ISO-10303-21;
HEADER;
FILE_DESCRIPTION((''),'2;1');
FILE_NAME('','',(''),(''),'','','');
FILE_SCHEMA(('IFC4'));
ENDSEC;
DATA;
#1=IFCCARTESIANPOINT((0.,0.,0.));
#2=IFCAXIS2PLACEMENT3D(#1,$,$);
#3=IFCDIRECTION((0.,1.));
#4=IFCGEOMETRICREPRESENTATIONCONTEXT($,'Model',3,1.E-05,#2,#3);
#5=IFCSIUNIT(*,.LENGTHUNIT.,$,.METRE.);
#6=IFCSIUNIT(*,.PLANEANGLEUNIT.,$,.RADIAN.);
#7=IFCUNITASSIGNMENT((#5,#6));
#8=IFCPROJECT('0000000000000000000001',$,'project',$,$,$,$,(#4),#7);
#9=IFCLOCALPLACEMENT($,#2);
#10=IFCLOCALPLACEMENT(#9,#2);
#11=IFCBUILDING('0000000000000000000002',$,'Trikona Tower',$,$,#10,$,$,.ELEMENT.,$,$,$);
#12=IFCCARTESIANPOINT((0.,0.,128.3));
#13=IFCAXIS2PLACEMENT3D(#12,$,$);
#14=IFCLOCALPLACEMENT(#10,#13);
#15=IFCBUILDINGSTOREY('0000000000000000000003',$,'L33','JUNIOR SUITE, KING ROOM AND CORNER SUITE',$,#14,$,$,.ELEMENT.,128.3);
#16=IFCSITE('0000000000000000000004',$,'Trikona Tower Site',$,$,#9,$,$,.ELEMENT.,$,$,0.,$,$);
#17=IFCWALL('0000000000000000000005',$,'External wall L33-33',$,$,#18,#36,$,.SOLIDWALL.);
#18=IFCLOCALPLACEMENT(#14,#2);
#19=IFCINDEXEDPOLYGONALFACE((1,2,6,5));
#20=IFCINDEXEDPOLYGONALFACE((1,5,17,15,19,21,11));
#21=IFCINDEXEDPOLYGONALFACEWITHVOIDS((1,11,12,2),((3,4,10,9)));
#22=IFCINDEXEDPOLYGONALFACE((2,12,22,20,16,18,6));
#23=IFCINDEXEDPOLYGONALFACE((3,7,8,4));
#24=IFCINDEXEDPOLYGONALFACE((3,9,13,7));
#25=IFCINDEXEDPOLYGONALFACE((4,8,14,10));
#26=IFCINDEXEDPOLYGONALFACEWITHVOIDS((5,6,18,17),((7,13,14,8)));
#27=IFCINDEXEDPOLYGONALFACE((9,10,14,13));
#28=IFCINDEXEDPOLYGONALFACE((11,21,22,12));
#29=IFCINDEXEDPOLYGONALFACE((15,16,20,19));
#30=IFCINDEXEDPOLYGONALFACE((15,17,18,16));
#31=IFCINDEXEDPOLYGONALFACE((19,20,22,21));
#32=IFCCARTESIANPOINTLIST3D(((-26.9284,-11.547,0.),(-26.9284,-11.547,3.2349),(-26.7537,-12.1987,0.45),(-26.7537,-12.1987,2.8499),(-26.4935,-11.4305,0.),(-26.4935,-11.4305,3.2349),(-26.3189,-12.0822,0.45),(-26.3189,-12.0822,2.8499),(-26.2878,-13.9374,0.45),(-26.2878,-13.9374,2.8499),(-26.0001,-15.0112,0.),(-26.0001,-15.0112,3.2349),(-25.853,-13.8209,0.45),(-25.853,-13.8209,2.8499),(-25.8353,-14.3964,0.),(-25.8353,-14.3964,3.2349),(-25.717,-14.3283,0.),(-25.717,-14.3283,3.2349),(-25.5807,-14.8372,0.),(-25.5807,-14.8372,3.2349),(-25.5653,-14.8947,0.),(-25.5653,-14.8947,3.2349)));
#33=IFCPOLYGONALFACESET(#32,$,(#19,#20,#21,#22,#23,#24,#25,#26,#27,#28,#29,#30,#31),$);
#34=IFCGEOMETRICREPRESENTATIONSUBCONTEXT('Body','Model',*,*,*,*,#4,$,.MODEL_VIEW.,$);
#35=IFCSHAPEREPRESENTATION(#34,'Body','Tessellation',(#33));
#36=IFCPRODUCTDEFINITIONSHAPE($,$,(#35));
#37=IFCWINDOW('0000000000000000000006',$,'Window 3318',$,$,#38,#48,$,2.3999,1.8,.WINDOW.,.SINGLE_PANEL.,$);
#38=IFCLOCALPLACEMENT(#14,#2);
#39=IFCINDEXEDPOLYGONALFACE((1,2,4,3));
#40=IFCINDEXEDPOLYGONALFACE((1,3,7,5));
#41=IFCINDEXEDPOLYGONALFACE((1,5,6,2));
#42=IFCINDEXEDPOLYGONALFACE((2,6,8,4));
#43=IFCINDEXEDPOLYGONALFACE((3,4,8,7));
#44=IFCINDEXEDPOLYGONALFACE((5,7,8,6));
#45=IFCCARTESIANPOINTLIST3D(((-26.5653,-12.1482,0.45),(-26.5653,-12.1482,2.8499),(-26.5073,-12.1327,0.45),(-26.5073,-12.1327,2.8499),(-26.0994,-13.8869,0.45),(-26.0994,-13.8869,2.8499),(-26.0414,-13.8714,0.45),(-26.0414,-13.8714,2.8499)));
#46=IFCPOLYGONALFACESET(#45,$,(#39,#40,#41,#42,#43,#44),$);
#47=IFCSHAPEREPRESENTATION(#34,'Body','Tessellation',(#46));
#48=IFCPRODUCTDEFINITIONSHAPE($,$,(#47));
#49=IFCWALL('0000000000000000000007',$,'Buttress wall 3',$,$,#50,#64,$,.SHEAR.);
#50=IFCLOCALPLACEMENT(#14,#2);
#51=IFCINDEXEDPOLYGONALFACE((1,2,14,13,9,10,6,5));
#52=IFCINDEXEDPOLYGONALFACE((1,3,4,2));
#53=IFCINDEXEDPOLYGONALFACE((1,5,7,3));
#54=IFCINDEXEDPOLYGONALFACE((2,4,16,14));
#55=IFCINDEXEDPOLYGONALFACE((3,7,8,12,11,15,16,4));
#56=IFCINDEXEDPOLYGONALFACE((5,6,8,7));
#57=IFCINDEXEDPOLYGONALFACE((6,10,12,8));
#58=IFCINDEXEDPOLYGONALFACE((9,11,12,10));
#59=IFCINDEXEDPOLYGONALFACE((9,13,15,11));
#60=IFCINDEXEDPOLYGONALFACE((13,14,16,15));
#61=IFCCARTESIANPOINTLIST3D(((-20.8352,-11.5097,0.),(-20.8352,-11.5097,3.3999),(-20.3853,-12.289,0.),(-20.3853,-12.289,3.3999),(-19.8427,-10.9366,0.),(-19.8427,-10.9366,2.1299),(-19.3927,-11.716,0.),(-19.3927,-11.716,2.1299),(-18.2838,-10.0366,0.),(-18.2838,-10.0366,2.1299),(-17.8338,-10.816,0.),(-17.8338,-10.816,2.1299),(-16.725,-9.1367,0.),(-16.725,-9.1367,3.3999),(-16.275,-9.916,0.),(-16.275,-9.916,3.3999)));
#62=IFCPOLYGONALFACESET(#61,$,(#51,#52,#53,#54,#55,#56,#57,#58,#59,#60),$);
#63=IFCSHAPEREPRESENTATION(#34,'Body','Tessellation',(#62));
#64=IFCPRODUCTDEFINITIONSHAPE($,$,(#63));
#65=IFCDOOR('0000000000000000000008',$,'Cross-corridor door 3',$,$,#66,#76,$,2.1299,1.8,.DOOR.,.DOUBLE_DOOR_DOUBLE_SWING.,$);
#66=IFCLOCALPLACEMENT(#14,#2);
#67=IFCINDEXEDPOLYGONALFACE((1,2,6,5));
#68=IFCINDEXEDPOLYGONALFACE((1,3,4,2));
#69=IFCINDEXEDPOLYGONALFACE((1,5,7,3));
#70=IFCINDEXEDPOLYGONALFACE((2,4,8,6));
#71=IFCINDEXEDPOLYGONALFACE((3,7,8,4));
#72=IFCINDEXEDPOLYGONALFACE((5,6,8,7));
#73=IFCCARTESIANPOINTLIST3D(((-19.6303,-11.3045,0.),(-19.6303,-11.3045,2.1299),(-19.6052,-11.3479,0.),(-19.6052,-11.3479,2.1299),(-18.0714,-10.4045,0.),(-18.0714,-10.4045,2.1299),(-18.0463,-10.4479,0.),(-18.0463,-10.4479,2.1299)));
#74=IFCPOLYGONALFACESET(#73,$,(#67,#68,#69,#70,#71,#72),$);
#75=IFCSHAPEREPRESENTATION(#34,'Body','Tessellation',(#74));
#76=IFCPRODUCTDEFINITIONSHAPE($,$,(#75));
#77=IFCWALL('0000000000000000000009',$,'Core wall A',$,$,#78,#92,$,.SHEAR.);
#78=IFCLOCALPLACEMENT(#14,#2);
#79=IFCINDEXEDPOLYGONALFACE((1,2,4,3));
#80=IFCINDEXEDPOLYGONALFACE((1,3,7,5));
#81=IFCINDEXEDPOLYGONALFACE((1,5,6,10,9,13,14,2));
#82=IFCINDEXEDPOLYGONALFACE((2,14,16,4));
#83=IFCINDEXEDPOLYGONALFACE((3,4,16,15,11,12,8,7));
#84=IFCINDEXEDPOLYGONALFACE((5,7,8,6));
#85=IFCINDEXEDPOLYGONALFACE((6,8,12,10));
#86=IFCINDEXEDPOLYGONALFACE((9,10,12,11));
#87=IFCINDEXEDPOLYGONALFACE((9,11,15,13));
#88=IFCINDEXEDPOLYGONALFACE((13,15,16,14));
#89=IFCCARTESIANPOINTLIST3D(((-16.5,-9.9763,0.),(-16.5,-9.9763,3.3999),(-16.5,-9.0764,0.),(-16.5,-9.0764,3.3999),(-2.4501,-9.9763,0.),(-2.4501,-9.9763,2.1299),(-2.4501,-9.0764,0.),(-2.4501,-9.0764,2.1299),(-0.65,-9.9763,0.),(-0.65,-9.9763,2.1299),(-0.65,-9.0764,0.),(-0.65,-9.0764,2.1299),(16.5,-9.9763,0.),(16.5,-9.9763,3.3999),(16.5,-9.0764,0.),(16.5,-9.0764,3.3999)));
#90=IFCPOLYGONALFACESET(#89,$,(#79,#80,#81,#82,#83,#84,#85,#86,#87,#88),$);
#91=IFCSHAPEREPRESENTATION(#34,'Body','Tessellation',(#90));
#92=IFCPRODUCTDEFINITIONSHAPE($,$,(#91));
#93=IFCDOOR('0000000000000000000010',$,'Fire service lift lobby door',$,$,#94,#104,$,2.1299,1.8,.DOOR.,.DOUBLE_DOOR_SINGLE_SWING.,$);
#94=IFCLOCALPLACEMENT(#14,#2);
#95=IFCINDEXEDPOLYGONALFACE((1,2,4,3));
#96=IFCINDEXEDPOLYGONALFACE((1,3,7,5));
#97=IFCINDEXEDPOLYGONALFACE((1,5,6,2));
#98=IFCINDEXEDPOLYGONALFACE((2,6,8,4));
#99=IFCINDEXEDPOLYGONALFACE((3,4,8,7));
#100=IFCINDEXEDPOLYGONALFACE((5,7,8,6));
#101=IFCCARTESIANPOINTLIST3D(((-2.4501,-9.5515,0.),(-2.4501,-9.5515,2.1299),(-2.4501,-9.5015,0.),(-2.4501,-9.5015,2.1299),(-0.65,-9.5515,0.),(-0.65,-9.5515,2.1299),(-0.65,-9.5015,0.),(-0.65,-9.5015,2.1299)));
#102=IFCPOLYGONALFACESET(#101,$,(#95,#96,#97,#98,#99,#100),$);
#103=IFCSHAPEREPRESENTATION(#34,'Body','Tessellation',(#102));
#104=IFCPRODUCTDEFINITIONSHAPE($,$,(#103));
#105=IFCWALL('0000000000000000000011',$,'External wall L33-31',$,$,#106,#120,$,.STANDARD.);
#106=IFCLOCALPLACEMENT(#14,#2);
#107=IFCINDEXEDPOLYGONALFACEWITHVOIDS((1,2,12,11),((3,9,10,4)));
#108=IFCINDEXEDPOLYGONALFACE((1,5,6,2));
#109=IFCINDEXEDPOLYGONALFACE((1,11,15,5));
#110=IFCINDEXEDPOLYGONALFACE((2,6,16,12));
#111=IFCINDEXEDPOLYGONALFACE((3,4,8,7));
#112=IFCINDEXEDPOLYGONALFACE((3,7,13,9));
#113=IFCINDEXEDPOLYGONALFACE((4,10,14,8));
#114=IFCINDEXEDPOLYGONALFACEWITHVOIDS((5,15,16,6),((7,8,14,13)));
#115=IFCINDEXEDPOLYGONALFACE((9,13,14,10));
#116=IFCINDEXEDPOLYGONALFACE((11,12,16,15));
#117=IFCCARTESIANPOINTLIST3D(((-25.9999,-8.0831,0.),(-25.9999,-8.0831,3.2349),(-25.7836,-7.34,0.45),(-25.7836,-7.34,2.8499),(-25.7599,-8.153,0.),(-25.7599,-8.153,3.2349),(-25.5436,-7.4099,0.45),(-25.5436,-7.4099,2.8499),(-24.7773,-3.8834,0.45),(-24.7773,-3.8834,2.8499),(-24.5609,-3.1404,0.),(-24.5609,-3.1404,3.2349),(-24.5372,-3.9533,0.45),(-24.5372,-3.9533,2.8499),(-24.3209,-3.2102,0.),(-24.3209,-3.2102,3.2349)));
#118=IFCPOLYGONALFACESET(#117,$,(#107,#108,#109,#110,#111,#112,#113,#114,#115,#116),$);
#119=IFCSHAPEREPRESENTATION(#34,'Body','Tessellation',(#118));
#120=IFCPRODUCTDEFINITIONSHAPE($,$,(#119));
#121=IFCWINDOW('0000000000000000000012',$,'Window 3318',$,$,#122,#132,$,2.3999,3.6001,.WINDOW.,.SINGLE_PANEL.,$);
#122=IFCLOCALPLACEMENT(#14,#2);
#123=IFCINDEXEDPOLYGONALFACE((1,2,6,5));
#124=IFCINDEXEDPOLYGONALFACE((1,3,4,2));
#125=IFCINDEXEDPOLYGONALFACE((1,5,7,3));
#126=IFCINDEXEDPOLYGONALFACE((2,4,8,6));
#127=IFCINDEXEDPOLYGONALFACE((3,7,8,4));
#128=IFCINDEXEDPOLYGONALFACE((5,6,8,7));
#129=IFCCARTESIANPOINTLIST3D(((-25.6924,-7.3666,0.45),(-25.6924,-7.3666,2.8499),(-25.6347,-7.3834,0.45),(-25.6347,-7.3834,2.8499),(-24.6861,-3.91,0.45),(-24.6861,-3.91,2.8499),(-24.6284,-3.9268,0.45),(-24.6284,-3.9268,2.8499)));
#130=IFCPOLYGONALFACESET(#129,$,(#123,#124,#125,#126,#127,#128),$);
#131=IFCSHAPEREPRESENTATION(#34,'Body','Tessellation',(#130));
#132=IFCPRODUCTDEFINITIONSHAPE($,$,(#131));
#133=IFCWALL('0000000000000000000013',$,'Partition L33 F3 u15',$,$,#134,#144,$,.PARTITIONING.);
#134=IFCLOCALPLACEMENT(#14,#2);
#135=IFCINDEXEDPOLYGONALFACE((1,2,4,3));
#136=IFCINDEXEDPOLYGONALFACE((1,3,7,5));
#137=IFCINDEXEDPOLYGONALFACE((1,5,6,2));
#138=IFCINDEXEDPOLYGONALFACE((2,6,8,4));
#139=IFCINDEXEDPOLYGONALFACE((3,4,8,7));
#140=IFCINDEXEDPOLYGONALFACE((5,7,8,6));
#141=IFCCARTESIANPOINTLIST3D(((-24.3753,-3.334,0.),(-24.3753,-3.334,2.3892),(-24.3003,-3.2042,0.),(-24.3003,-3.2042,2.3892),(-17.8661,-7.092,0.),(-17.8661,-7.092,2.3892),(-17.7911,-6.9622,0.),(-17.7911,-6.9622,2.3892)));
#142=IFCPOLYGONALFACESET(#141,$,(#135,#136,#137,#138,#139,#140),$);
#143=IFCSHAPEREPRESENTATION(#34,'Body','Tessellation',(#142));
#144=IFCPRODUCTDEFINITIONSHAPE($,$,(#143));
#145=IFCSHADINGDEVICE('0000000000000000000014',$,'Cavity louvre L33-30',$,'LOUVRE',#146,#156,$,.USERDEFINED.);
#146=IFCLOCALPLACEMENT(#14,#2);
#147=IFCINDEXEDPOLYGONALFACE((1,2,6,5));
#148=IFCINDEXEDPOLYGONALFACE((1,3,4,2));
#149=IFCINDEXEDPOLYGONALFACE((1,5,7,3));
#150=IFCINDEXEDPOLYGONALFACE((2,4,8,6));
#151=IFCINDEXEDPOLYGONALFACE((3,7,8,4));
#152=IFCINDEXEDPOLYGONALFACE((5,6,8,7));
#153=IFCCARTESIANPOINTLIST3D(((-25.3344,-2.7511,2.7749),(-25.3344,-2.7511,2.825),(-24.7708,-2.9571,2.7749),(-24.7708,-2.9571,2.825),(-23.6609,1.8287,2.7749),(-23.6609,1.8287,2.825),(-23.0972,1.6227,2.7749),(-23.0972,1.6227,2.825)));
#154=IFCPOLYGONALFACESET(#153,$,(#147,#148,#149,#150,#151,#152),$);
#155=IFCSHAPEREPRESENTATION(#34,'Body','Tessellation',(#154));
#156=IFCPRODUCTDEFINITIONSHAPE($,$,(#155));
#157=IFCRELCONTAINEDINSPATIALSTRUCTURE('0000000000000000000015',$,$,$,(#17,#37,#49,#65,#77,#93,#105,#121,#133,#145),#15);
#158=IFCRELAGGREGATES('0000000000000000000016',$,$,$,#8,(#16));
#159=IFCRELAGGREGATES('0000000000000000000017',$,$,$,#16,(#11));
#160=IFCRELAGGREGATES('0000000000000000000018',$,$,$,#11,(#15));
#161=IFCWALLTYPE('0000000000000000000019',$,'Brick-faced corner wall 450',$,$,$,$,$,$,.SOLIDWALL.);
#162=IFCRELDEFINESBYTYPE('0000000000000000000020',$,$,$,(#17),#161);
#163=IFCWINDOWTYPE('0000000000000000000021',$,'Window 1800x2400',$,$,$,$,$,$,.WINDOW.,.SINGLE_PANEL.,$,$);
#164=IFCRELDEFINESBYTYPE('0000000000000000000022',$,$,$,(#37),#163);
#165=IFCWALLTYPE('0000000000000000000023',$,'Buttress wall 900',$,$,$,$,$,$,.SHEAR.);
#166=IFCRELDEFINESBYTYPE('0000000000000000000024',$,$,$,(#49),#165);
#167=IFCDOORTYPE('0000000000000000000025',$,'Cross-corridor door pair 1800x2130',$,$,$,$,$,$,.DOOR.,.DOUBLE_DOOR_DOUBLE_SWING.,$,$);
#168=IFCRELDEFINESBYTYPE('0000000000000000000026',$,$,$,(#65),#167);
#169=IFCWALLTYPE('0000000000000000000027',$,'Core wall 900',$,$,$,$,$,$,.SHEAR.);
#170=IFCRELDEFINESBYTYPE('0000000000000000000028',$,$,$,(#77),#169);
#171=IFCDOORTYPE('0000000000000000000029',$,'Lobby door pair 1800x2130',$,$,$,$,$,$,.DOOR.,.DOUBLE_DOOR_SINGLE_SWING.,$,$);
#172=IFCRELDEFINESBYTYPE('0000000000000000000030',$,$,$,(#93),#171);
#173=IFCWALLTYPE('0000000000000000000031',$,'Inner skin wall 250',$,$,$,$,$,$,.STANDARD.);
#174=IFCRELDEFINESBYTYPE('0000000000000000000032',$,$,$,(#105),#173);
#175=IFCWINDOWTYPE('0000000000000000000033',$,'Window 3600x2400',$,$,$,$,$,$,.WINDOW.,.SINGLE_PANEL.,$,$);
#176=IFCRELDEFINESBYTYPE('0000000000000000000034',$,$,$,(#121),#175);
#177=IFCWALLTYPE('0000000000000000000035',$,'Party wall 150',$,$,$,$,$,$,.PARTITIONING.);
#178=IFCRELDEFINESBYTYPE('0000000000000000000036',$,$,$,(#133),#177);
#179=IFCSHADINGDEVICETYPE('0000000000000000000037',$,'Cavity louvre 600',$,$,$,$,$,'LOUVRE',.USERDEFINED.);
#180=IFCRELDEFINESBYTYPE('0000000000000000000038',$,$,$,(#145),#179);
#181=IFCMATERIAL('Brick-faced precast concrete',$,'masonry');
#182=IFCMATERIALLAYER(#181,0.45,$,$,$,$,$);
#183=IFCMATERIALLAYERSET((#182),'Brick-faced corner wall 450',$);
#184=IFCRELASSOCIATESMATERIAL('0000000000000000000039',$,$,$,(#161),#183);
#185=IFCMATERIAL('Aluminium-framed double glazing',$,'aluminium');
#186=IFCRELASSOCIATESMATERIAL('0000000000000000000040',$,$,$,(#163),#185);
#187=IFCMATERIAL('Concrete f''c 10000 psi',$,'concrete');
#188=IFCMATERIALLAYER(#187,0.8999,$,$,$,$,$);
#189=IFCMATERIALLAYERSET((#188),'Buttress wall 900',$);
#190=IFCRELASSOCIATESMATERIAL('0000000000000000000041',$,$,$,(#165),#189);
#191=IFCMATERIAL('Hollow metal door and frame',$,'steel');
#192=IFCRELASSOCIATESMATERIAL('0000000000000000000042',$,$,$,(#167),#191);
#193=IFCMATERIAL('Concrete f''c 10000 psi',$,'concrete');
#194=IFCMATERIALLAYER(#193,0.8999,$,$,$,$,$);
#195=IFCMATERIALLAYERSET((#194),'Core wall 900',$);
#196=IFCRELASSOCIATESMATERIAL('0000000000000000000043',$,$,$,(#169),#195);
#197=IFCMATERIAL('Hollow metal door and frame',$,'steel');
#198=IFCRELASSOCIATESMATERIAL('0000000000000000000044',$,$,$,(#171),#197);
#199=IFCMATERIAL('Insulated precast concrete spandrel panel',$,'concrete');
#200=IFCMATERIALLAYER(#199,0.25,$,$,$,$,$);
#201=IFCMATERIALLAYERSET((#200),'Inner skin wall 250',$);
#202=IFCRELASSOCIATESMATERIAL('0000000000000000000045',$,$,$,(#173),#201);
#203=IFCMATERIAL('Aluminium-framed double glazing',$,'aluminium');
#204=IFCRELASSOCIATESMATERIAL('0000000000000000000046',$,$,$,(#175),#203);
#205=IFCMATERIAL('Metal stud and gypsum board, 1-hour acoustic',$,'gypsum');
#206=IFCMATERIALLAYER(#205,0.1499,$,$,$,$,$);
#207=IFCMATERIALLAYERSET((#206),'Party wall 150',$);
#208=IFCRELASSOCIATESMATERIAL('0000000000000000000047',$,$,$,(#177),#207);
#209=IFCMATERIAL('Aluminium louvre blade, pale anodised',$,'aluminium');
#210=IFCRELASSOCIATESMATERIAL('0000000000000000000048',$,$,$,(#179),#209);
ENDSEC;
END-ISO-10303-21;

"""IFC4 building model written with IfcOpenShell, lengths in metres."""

from ifc_helpers import new_model, si_unit, direction, frame, frame_2d, origin, origin_2d, place, context, subcontext, project, spatial, polyline, rectangle, outline, extrude, material, layer, layer_set, type_object, element, fill, save


model = new_model("IFC4")

# Units and contexts
model_context = context("Model", 3, precision=1e-05, world=origin(), true_north=direction((0.0, 1.0)))
body_context = subcontext(model_context, "Body", "Model", "MODEL_VIEW")
ifc_project = project(units=[si_unit("LENGTHUNIT", "METRE"), si_unit("PLANEANGLEUNIT", "RADIAN")], contexts=[model_context])

# Site, building, storey
site_placement = place(None, origin())
site = spatial("IfcSite", under=ifc_project, at=site_placement, Name="Trikona Tower Site", CompositionType="ELEMENT", RefElevation=0.0)
building_placement = place(site_placement, origin())
building = spatial("IfcBuilding", under=site, at=building_placement, Name="Trikona Tower", CompositionType="ELEMENT")
storey_placement = place(building_placement, frame((0.0, 0.0, 128.3)))
storey = spatial("IfcBuildingStorey", under=building, at=storey_placement, Name="L33", Description="JUNIOR SUITE, KING ROOM AND CORNER SUITE", CompositionType="ELEMENT", Elevation=128.3)

# Wall, opening, window
ifc_material_1 = material(Name="Brick-faced precast concrete", Category="masonry")
ifc_layer_1 = layer(ifc_material_1, 0.45)
ifc_layer_set_1 = layer_set([ifc_layer_1], Name="Brick-faced corner wall 450")
wall_type_1 = type_object("IfcWallType", Name="Brick-faced corner wall 450", PredefinedType="SOLIDWALL", material=ifc_layer_set_1)
wall_1_placement = place(storey_placement, frame((-26.7109, -11.4888, 0.0), z_axis=(0.0, 0.0, 1.0), x_axis=(0.258823, -0.965925, 0.0)))
wall_1 = element("IfcWall", 1, at=wall_1_placement, inside=storey, type_object=wall_type_1, Name="External wall L33-33", PredefinedType="SOLIDWALL", context=body_context, shape_type="SweptSolid", body=[
    extrude(outline(polyline([(3.5864, 0.2251), (3.5269, 0.2251), (3.0352, 0.0933), (3.0, 0.2251), (0.0, 0.2251), (0.0, -0.2251), (3.5864, -0.2251), (3.5864, 0.2251)])), origin(), (0.0, 0.0, 1.0), 3.2349),
])
opening_1_placement = place(wall_1_placement, frame((0.6748, 0.0, 0.45)))
opening_1 = element("IfcOpeningElement", 2, at=opening_1_placement, cuts=wall_1, PredefinedType="OPENING", context=body_context, shape_type="SweptSolid", body=[
    extrude(rectangle(XDim=1.8, YDim=2.3999, at=frame_2d((0.8999, 1.2))), frame((0.0, 0.2349, 0.0), z_axis=(0.0, -1.0, 0.0), x_axis=(1.0, 0.0, 0.0)), (0.0, 0.0, 1.0), 0.47),
])
ifc_material_2 = material(Name="Aluminium-framed double glazing", Category="aluminium")
window_type_1 = type_object("IfcWindowType", Name="Window 1800x2400", PartitioningType="SINGLE_PANEL", PredefinedType="WINDOW", material=ifc_material_2)
window_1_placement = place(opening_1_placement, origin())
window_1 = element("IfcWindow", 3, at=window_1_placement, inside=storey, type_object=window_type_1, Name="Window 3318", OverallHeight=2.3999, OverallWidth=1.8, PartitioningType="SINGLE_PANEL", PredefinedType="WINDOW", context=body_context, shape_type="SweptSolid", body=[
    extrude(rectangle(XDim=1.8, YDim=2.3999, at=frame_2d((0.8999, 1.2))), frame((0.0, 0.03, 0.0), z_axis=(0.0, -1.0, 0.0), x_axis=(1.0, 0.0, 0.0)), (0.0, 0.0, 1.0), 0.0601),
])
fill(opening_1, window_1)

# Walls, openings, doors
ifc_material_3 = material(Name="Concrete f'c 10000 psi", Category="concrete")
ifc_layer_2 = layer(ifc_material_3, 0.8999)
ifc_layer_set_2 = layer_set([ifc_layer_2], Name="Buttress wall 900")
wall_type_2 = type_object("IfcWallType", Name="Buttress wall 900", PredefinedType="SHEAR", material=ifc_layer_set_2)
wall_2_placement = place(storey_placement, frame((-16.5, -9.5264, 0.0), z_axis=(0.0, 0.0, 1.0), x_axis=(-0.866031, -0.49999, 0.0)))
wall_2 = element("IfcWall", 4, at=wall_2_placement, inside=storey, type_object=wall_type_2, Name="Buttress wall 3", PredefinedType="SHEAR", context=body_context, shape_type="SweptSolid", body=[
    extrude(rectangle(XDim=4.7461, YDim=0.8999, at=frame_2d((2.373, 0.0))), origin(), (0.0, 0.0, 1.0), 3.3999),
])
opening_2_placement = place(wall_2_placement, frame((1.8, 0.0, 0.0)))
opening_2 = element("IfcOpeningElement", 5, at=opening_2_placement, cuts=wall_2, PredefinedType="OPENING", context=body_context, shape_type="SweptSolid", body=[
    extrude(rectangle(XDim=1.8, YDim=2.1299, at=frame_2d((0.8999, 1.0649))), frame((0.0, 0.46, 0.0), z_axis=(0.0, -1.0, 0.0), x_axis=(1.0, 0.0, 0.0)), (0.0, 0.0, 1.0), 0.9199),
])
ifc_material_4 = material(Name="Hollow metal door and frame", Category="steel")
door_type_1 = type_object("IfcDoorType", Name="Cross-corridor door pair 1800x2130", OperationType="DOUBLE_DOOR_DOUBLE_SWING", PredefinedType="DOOR", material=ifc_material_4)
door_1_placement = place(opening_2_placement, origin())
door_1 = element("IfcDoor", 6, at=door_1_placement, inside=storey, type_object=door_type_1, Name="Cross-corridor door 3", OperationType="DOUBLE_DOOR_DOUBLE_SWING", OverallHeight=2.1299, OverallWidth=1.8, PredefinedType="DOOR", context=body_context, shape_type="SweptSolid", body=[
    extrude(rectangle(XDim=1.8, YDim=2.1299, at=frame_2d((0.8999, 1.0649))), frame((0.0, 0.0249, 0.0), z_axis=(0.0, -1.0, 0.0), x_axis=(1.0, 0.0, 0.0)), (0.0, 0.0, 1.0), 0.05),
])
fill(opening_2, door_1)
ifc_material_5 = material(Name="Concrete f'c 10000 psi", Category="concrete")
ifc_layer_3 = layer(ifc_material_5, 0.8999)
ifc_layer_set_3 = layer_set([ifc_layer_3], Name="Core wall 900")
wall_type_3 = type_object("IfcWallType", Name="Core wall 900", PredefinedType="SHEAR", material=ifc_layer_set_3)
wall_3_placement = place(storey_placement, frame((-16.5, -9.5264, 0.0), z_axis=(0.0, 0.0, 1.0), x_axis=(1.0, 0.0, 0.0)))
wall_3 = element("IfcWall", 7, at=wall_3_placement, inside=storey, type_object=wall_type_3, Name="Core wall A", PredefinedType="SHEAR", context=body_context, shape_type="SweptSolid", body=[
    extrude(rectangle(XDim=33.0, YDim=0.8999, at=frame_2d((16.5, 0.0))), origin(), (0.0, 0.0, 1.0), 3.3999),
])
opening_3_placement = place(wall_3_placement, frame((14.05, 0.0, 0.0)))
opening_3 = element("IfcOpeningElement", 8, at=opening_3_placement, cuts=wall_3, PredefinedType="OPENING", context=body_context, shape_type="SweptSolid", body=[
    extrude(rectangle(XDim=1.8, YDim=2.1299, at=frame_2d((0.8999, 1.0649))), frame((0.0, 0.46, 0.0), z_axis=(0.0, -1.0, 0.0), x_axis=(1.0, 0.0, 0.0)), (0.0, 0.0, 1.0), 0.9199),
])
ifc_material_6 = material(Name="Hollow metal door and frame", Category="steel")
door_type_2 = type_object("IfcDoorType", Name="Lobby door pair 1800x2130", OperationType="DOUBLE_DOOR_SINGLE_SWING", PredefinedType="DOOR", material=ifc_material_6)
door_2_placement = place(opening_3_placement, origin())
door_2 = element("IfcDoor", 9, at=door_2_placement, inside=storey, type_object=door_type_2, Name="Fire service lift lobby door", OperationType="DOUBLE_DOOR_SINGLE_SWING", OverallHeight=2.1299, OverallWidth=1.8, PredefinedType="DOOR", context=body_context, shape_type="SweptSolid", body=[
    extrude(rectangle(XDim=1.8, YDim=2.1299, at=frame_2d((0.8999, 1.0649))), frame((0.0, 0.0249, 0.0), z_axis=(0.0, -1.0, 0.0), x_axis=(1.0, 0.0, 0.0)), (0.0, 0.0, 1.0), 0.05),
])
fill(opening_3, door_2)

# Wall, opening, window
ifc_material_7 = material(Name="Insulated precast concrete spandrel panel", Category="concrete")
ifc_layer_4 = layer(ifc_material_7, 0.25)
ifc_layer_set_4 = layer_set([ifc_layer_4], Name="Inner skin wall 250")
wall_type_4 = type_object("IfcWallType", Name="Inner skin wall 250", PredefinedType="STANDARD", material=ifc_layer_set_4)
wall_4_placement = place(storey_placement, frame((-24.4409, -3.1753, 0.0), z_axis=(0.0, 0.0, 1.0), x_axis=(-0.279528, -0.960137, 0.0)))
wall_4 = element("IfcWall", 10, at=wall_4_placement, inside=storey, type_object=wall_type_4, Name="External wall L33-31", PredefinedType="STANDARD", context=body_context, shape_type="SweptSolid", body=[
    extrude(rectangle(XDim=5.1479, YDim=0.25, at=frame_2d((2.574, 0.0))), origin(), (0.0, 0.0, 1.0), 3.2349),
])
opening_4_placement = place(wall_4_placement, frame((0.7739, 0.0, 0.45)))
opening_4 = element("IfcOpeningElement", 11, at=opening_4_placement, cuts=wall_4, PredefinedType="OPENING", context=body_context, shape_type="SweptSolid", body=[
    extrude(rectangle(XDim=3.6001, YDim=2.3999, at=frame_2d((1.8, 1.2))), frame((0.0, 0.135, 0.0), z_axis=(0.0, -1.0, 0.0), x_axis=(1.0, 0.0, 0.0)), (0.0, 0.0, 1.0), 0.27),
])
ifc_material_8 = material(Name="Aluminium-framed double glazing", Category="aluminium")
window_type_2 = type_object("IfcWindowType", Name="Window 3600x2400", PartitioningType="SINGLE_PANEL", PredefinedType="WINDOW", material=ifc_material_8)
window_2_placement = place(opening_4_placement, origin())
window_2 = element("IfcWindow", 12, at=window_2_placement, inside=storey, type_object=window_type_2, Name="Window 3318", OverallHeight=2.3999, OverallWidth=3.6001, PartitioningType="SINGLE_PANEL", PredefinedType="WINDOW", context=body_context, shape_type="SweptSolid", body=[
    extrude(rectangle(XDim=3.6001, YDim=2.3999, at=frame_2d((1.8, 1.2))), frame((0.0, 0.03, 0.0), z_axis=(0.0, -1.0, 0.0), x_axis=(1.0, 0.0, 0.0)), (0.0, 0.0, 1.0), 0.0601),
])
fill(opening_4, window_2)

# Wall
ifc_material_9 = material(Name="Metal stud and gypsum board, 1-hour acoustic", Category="gypsum")
ifc_layer_5 = layer(ifc_material_9, 0.1499)
ifc_layer_set_5 = layer_set([ifc_layer_5], Name="Party wall 150")
wall_type_5 = type_object("IfcWallType", Name="Party wall 150", PredefinedType="PARTITIONING", material=ifc_layer_set_5)
wall_5_placement = place(storey_placement, frame((-17.8286, -7.0271, 0.0), z_axis=(0.0, 0.0, 1.0), x_axis=(-0.86603, 0.499992, 0.0)))
element("IfcWall", 13, at=wall_5_placement, inside=storey, type_object=wall_type_5, Name="Partition L33 F3 u15", PredefinedType="PARTITIONING", context=body_context, shape_type="SweptSolid", body=[
    extrude(rectangle(XDim=7.5161, YDim=0.1499, at=frame_2d((3.7581, 0.0))), origin(), (0.0, 0.0, 1.0), 2.3892),
])

# Shading device
ifc_material_10 = material(Name="Aluminium louvre blade, pale anodised", Category="aluminium")
shading_device_type = type_object("IfcShadingDeviceType", Name="Cavity louvre 600", ElementType="LOUVRE", PredefinedType="USERDEFINED", material=ifc_material_10)
shading_device_1_placement = place(storey_placement, frame((-24.2158, -0.5642, 2.7749), z_axis=(0.0, 0.0, 1.0), x_axis=(-0.34322, -0.939255, 0.0)))
element("IfcShadingDevice", 14, at=shading_device_1_placement, inside=storey, type_object=shading_device_type, Name="Cavity louvre L33-30", ObjectType="LOUVRE", PredefinedType="USERDEFINED", context=body_context, shape_type="SweptSolid", body=[
    extrude(rectangle(XDim=4.876, YDim=0.6001, at=origin_2d()), origin(), (0.0, 0.0, 1.0), 0.05),
])

save(model, "model.ifc")
